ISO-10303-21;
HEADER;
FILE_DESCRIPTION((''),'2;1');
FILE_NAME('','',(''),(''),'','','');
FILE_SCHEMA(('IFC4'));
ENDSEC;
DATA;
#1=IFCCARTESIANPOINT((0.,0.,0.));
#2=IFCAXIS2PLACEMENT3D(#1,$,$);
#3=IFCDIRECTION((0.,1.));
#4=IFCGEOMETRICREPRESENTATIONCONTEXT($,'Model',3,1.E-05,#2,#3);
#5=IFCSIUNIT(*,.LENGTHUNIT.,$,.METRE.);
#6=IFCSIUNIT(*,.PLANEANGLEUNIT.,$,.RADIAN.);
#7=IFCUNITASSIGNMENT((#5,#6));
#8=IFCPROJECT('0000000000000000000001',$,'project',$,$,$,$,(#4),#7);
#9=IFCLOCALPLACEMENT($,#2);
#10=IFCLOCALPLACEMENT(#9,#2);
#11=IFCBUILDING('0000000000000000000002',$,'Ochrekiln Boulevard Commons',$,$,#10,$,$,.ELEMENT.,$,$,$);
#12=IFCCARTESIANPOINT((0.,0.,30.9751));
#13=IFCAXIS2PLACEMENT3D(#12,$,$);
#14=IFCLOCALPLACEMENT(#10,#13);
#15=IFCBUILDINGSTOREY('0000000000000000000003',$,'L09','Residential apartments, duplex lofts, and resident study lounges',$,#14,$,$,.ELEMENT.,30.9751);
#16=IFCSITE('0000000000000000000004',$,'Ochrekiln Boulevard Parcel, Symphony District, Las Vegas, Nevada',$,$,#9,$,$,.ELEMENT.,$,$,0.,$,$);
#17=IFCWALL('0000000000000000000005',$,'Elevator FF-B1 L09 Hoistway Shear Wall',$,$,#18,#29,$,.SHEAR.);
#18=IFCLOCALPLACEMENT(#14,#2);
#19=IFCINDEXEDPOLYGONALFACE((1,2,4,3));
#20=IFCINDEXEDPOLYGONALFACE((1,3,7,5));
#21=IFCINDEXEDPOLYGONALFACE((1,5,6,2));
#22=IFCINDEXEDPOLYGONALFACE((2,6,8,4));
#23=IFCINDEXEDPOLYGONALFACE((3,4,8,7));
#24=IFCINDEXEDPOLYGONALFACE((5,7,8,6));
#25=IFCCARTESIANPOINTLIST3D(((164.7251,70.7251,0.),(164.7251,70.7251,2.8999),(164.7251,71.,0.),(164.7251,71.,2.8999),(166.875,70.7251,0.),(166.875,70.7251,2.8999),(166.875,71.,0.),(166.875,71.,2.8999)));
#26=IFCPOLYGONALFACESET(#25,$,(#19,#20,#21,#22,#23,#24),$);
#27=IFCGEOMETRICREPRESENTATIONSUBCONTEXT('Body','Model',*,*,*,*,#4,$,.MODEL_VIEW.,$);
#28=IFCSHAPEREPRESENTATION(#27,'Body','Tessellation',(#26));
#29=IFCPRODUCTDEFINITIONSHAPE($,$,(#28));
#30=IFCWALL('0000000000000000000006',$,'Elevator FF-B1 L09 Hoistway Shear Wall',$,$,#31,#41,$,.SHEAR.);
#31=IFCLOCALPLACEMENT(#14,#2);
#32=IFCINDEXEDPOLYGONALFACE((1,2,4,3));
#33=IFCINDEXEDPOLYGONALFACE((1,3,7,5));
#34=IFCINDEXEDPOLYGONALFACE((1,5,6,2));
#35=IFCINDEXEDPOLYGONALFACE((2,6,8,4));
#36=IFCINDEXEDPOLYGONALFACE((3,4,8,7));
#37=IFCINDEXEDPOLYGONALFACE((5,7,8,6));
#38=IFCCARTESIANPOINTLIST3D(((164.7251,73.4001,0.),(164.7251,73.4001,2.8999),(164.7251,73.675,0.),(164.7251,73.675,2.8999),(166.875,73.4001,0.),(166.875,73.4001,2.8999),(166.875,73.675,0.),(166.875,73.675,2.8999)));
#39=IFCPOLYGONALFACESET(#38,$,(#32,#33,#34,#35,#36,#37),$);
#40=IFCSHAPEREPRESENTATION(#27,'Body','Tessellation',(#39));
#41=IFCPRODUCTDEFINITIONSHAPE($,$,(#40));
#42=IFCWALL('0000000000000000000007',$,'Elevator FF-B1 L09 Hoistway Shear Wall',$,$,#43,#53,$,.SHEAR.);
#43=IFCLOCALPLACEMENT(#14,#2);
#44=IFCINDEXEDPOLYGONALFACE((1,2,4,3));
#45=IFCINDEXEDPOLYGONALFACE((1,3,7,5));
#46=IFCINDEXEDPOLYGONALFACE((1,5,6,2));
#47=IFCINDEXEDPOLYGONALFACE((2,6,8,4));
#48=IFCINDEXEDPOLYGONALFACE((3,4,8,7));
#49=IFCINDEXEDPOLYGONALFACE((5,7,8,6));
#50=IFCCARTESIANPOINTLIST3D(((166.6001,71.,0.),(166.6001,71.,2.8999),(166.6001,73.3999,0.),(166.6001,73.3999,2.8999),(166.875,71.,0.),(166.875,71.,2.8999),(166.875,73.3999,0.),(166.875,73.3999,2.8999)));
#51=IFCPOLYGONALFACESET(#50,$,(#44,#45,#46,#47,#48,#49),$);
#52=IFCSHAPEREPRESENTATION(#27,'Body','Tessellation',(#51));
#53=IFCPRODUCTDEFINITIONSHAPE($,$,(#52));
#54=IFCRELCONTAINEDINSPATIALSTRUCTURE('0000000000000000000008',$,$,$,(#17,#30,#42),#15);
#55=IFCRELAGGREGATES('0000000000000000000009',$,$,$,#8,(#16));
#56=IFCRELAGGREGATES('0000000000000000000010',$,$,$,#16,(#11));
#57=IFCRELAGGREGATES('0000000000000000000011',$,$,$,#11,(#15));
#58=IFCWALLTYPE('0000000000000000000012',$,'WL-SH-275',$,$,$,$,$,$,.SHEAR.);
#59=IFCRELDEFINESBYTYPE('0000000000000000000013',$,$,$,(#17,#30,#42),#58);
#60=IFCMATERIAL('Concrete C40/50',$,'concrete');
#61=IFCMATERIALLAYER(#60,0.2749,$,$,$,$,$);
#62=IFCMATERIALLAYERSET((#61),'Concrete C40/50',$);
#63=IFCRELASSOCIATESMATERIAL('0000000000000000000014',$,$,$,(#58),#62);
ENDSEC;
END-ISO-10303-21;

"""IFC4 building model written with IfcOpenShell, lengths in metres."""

from ifc_helpers import new_model, si_unit, direction, frame, frame_2d, origin, place, context, subcontext, project, spatial, rectangle, extrude, material, layer, layer_set, type_object, element, save


model = new_model("IFC4")

# Units and contexts
model_context = context("Model", 3, precision=1e-05, world=origin(), true_north=direction((0.0, 1.0)))
body_context = subcontext(model_context, "Body", "Model", "MODEL_VIEW")
ifc_project = project(units=[si_unit("LENGTHUNIT", "METRE"), si_unit("PLANEANGLEUNIT", "RADIAN")], contexts=[model_context])

# Site, building, storey
site_placement = place(None, origin())
site = spatial("IfcSite", under=ifc_project, at=site_placement, Name="Ochrekiln Boulevard Parcel, Symphony District, Las Vegas, Nevada", CompositionType="ELEMENT", RefElevation=0.0)
building_placement = place(site_placement, origin())
building = spatial("IfcBuilding", under=site, at=building_placement, Name="Ochrekiln Boulevard Commons", CompositionType="ELEMENT")
storey_placement = place(building_placement, frame((0.0, 0.0, 30.9751)))
storey = spatial("IfcBuildingStorey", under=building, at=storey_placement, Name="L09", Description="Residential apartments, duplex lofts, and resident study lounges", CompositionType="ELEMENT", Elevation=30.9751)

# Shared definitions
ifc_material_1 = material(Name="Concrete C40/50", Category="concrete")

# Walls
ifc_layer_1 = layer(ifc_material_1, 0.2749)
ifc_layer_set_1 = layer_set([ifc_layer_1], Name="Concrete C40/50")
wall_type_1 = type_object("IfcWallType", Name="WL-SH-275", PredefinedType="SHEAR", material=ifc_layer_set_1)
for number, where, z_axis, x_axis, name in (
    (1, (164.7251, 70.8625, 0.0), (0.0, 0.0, 1.0), (1.0, 0.0, 0.0), "Elevator FF-B1 L09 Hoistway Shear Wall"),
    (2, (164.7251, 73.5376, 0.0), (0.0, 0.0, 1.0), (1.0, 0.0, 0.0), "Elevator FF-B1 L09 Hoistway Shear Wall"),
):
    element("IfcWall", number, at=place(storey_placement, frame(where, z_axis=z_axis, x_axis=x_axis)), inside=storey, type_object=wall_type_1, Name=name, PredefinedType="SHEAR", context=body_context, shape_type="SweptSolid", body=[
        extrude(rectangle(XDim=2.1499, YDim=0.2749, at=frame_2d((1.075, 0.0))), origin(), (0.0, 0.0, 1.0), 2.8999),
    ])

# Wall
wall_1_placement = place(storey_placement, frame((166.7375, 71.0, 0.0), z_axis=(0.0, 0.0, 1.0), x_axis=(0.0, 1.0, 0.0)))
element("IfcWall", 3, at=wall_1_placement, inside=storey, type_object=wall_type_1, Name="Elevator FF-B1 L09 Hoistway Shear Wall", PredefinedType="SHEAR", context=body_context, shape_type="SweptSolid", body=[
    extrude(rectangle(XDim=2.3999, YDim=0.2749, at=frame_2d((1.2, 0.0))), origin(), (0.0, 0.0, 1.0), 2.8999),
])

save(model, "model.ifc")
